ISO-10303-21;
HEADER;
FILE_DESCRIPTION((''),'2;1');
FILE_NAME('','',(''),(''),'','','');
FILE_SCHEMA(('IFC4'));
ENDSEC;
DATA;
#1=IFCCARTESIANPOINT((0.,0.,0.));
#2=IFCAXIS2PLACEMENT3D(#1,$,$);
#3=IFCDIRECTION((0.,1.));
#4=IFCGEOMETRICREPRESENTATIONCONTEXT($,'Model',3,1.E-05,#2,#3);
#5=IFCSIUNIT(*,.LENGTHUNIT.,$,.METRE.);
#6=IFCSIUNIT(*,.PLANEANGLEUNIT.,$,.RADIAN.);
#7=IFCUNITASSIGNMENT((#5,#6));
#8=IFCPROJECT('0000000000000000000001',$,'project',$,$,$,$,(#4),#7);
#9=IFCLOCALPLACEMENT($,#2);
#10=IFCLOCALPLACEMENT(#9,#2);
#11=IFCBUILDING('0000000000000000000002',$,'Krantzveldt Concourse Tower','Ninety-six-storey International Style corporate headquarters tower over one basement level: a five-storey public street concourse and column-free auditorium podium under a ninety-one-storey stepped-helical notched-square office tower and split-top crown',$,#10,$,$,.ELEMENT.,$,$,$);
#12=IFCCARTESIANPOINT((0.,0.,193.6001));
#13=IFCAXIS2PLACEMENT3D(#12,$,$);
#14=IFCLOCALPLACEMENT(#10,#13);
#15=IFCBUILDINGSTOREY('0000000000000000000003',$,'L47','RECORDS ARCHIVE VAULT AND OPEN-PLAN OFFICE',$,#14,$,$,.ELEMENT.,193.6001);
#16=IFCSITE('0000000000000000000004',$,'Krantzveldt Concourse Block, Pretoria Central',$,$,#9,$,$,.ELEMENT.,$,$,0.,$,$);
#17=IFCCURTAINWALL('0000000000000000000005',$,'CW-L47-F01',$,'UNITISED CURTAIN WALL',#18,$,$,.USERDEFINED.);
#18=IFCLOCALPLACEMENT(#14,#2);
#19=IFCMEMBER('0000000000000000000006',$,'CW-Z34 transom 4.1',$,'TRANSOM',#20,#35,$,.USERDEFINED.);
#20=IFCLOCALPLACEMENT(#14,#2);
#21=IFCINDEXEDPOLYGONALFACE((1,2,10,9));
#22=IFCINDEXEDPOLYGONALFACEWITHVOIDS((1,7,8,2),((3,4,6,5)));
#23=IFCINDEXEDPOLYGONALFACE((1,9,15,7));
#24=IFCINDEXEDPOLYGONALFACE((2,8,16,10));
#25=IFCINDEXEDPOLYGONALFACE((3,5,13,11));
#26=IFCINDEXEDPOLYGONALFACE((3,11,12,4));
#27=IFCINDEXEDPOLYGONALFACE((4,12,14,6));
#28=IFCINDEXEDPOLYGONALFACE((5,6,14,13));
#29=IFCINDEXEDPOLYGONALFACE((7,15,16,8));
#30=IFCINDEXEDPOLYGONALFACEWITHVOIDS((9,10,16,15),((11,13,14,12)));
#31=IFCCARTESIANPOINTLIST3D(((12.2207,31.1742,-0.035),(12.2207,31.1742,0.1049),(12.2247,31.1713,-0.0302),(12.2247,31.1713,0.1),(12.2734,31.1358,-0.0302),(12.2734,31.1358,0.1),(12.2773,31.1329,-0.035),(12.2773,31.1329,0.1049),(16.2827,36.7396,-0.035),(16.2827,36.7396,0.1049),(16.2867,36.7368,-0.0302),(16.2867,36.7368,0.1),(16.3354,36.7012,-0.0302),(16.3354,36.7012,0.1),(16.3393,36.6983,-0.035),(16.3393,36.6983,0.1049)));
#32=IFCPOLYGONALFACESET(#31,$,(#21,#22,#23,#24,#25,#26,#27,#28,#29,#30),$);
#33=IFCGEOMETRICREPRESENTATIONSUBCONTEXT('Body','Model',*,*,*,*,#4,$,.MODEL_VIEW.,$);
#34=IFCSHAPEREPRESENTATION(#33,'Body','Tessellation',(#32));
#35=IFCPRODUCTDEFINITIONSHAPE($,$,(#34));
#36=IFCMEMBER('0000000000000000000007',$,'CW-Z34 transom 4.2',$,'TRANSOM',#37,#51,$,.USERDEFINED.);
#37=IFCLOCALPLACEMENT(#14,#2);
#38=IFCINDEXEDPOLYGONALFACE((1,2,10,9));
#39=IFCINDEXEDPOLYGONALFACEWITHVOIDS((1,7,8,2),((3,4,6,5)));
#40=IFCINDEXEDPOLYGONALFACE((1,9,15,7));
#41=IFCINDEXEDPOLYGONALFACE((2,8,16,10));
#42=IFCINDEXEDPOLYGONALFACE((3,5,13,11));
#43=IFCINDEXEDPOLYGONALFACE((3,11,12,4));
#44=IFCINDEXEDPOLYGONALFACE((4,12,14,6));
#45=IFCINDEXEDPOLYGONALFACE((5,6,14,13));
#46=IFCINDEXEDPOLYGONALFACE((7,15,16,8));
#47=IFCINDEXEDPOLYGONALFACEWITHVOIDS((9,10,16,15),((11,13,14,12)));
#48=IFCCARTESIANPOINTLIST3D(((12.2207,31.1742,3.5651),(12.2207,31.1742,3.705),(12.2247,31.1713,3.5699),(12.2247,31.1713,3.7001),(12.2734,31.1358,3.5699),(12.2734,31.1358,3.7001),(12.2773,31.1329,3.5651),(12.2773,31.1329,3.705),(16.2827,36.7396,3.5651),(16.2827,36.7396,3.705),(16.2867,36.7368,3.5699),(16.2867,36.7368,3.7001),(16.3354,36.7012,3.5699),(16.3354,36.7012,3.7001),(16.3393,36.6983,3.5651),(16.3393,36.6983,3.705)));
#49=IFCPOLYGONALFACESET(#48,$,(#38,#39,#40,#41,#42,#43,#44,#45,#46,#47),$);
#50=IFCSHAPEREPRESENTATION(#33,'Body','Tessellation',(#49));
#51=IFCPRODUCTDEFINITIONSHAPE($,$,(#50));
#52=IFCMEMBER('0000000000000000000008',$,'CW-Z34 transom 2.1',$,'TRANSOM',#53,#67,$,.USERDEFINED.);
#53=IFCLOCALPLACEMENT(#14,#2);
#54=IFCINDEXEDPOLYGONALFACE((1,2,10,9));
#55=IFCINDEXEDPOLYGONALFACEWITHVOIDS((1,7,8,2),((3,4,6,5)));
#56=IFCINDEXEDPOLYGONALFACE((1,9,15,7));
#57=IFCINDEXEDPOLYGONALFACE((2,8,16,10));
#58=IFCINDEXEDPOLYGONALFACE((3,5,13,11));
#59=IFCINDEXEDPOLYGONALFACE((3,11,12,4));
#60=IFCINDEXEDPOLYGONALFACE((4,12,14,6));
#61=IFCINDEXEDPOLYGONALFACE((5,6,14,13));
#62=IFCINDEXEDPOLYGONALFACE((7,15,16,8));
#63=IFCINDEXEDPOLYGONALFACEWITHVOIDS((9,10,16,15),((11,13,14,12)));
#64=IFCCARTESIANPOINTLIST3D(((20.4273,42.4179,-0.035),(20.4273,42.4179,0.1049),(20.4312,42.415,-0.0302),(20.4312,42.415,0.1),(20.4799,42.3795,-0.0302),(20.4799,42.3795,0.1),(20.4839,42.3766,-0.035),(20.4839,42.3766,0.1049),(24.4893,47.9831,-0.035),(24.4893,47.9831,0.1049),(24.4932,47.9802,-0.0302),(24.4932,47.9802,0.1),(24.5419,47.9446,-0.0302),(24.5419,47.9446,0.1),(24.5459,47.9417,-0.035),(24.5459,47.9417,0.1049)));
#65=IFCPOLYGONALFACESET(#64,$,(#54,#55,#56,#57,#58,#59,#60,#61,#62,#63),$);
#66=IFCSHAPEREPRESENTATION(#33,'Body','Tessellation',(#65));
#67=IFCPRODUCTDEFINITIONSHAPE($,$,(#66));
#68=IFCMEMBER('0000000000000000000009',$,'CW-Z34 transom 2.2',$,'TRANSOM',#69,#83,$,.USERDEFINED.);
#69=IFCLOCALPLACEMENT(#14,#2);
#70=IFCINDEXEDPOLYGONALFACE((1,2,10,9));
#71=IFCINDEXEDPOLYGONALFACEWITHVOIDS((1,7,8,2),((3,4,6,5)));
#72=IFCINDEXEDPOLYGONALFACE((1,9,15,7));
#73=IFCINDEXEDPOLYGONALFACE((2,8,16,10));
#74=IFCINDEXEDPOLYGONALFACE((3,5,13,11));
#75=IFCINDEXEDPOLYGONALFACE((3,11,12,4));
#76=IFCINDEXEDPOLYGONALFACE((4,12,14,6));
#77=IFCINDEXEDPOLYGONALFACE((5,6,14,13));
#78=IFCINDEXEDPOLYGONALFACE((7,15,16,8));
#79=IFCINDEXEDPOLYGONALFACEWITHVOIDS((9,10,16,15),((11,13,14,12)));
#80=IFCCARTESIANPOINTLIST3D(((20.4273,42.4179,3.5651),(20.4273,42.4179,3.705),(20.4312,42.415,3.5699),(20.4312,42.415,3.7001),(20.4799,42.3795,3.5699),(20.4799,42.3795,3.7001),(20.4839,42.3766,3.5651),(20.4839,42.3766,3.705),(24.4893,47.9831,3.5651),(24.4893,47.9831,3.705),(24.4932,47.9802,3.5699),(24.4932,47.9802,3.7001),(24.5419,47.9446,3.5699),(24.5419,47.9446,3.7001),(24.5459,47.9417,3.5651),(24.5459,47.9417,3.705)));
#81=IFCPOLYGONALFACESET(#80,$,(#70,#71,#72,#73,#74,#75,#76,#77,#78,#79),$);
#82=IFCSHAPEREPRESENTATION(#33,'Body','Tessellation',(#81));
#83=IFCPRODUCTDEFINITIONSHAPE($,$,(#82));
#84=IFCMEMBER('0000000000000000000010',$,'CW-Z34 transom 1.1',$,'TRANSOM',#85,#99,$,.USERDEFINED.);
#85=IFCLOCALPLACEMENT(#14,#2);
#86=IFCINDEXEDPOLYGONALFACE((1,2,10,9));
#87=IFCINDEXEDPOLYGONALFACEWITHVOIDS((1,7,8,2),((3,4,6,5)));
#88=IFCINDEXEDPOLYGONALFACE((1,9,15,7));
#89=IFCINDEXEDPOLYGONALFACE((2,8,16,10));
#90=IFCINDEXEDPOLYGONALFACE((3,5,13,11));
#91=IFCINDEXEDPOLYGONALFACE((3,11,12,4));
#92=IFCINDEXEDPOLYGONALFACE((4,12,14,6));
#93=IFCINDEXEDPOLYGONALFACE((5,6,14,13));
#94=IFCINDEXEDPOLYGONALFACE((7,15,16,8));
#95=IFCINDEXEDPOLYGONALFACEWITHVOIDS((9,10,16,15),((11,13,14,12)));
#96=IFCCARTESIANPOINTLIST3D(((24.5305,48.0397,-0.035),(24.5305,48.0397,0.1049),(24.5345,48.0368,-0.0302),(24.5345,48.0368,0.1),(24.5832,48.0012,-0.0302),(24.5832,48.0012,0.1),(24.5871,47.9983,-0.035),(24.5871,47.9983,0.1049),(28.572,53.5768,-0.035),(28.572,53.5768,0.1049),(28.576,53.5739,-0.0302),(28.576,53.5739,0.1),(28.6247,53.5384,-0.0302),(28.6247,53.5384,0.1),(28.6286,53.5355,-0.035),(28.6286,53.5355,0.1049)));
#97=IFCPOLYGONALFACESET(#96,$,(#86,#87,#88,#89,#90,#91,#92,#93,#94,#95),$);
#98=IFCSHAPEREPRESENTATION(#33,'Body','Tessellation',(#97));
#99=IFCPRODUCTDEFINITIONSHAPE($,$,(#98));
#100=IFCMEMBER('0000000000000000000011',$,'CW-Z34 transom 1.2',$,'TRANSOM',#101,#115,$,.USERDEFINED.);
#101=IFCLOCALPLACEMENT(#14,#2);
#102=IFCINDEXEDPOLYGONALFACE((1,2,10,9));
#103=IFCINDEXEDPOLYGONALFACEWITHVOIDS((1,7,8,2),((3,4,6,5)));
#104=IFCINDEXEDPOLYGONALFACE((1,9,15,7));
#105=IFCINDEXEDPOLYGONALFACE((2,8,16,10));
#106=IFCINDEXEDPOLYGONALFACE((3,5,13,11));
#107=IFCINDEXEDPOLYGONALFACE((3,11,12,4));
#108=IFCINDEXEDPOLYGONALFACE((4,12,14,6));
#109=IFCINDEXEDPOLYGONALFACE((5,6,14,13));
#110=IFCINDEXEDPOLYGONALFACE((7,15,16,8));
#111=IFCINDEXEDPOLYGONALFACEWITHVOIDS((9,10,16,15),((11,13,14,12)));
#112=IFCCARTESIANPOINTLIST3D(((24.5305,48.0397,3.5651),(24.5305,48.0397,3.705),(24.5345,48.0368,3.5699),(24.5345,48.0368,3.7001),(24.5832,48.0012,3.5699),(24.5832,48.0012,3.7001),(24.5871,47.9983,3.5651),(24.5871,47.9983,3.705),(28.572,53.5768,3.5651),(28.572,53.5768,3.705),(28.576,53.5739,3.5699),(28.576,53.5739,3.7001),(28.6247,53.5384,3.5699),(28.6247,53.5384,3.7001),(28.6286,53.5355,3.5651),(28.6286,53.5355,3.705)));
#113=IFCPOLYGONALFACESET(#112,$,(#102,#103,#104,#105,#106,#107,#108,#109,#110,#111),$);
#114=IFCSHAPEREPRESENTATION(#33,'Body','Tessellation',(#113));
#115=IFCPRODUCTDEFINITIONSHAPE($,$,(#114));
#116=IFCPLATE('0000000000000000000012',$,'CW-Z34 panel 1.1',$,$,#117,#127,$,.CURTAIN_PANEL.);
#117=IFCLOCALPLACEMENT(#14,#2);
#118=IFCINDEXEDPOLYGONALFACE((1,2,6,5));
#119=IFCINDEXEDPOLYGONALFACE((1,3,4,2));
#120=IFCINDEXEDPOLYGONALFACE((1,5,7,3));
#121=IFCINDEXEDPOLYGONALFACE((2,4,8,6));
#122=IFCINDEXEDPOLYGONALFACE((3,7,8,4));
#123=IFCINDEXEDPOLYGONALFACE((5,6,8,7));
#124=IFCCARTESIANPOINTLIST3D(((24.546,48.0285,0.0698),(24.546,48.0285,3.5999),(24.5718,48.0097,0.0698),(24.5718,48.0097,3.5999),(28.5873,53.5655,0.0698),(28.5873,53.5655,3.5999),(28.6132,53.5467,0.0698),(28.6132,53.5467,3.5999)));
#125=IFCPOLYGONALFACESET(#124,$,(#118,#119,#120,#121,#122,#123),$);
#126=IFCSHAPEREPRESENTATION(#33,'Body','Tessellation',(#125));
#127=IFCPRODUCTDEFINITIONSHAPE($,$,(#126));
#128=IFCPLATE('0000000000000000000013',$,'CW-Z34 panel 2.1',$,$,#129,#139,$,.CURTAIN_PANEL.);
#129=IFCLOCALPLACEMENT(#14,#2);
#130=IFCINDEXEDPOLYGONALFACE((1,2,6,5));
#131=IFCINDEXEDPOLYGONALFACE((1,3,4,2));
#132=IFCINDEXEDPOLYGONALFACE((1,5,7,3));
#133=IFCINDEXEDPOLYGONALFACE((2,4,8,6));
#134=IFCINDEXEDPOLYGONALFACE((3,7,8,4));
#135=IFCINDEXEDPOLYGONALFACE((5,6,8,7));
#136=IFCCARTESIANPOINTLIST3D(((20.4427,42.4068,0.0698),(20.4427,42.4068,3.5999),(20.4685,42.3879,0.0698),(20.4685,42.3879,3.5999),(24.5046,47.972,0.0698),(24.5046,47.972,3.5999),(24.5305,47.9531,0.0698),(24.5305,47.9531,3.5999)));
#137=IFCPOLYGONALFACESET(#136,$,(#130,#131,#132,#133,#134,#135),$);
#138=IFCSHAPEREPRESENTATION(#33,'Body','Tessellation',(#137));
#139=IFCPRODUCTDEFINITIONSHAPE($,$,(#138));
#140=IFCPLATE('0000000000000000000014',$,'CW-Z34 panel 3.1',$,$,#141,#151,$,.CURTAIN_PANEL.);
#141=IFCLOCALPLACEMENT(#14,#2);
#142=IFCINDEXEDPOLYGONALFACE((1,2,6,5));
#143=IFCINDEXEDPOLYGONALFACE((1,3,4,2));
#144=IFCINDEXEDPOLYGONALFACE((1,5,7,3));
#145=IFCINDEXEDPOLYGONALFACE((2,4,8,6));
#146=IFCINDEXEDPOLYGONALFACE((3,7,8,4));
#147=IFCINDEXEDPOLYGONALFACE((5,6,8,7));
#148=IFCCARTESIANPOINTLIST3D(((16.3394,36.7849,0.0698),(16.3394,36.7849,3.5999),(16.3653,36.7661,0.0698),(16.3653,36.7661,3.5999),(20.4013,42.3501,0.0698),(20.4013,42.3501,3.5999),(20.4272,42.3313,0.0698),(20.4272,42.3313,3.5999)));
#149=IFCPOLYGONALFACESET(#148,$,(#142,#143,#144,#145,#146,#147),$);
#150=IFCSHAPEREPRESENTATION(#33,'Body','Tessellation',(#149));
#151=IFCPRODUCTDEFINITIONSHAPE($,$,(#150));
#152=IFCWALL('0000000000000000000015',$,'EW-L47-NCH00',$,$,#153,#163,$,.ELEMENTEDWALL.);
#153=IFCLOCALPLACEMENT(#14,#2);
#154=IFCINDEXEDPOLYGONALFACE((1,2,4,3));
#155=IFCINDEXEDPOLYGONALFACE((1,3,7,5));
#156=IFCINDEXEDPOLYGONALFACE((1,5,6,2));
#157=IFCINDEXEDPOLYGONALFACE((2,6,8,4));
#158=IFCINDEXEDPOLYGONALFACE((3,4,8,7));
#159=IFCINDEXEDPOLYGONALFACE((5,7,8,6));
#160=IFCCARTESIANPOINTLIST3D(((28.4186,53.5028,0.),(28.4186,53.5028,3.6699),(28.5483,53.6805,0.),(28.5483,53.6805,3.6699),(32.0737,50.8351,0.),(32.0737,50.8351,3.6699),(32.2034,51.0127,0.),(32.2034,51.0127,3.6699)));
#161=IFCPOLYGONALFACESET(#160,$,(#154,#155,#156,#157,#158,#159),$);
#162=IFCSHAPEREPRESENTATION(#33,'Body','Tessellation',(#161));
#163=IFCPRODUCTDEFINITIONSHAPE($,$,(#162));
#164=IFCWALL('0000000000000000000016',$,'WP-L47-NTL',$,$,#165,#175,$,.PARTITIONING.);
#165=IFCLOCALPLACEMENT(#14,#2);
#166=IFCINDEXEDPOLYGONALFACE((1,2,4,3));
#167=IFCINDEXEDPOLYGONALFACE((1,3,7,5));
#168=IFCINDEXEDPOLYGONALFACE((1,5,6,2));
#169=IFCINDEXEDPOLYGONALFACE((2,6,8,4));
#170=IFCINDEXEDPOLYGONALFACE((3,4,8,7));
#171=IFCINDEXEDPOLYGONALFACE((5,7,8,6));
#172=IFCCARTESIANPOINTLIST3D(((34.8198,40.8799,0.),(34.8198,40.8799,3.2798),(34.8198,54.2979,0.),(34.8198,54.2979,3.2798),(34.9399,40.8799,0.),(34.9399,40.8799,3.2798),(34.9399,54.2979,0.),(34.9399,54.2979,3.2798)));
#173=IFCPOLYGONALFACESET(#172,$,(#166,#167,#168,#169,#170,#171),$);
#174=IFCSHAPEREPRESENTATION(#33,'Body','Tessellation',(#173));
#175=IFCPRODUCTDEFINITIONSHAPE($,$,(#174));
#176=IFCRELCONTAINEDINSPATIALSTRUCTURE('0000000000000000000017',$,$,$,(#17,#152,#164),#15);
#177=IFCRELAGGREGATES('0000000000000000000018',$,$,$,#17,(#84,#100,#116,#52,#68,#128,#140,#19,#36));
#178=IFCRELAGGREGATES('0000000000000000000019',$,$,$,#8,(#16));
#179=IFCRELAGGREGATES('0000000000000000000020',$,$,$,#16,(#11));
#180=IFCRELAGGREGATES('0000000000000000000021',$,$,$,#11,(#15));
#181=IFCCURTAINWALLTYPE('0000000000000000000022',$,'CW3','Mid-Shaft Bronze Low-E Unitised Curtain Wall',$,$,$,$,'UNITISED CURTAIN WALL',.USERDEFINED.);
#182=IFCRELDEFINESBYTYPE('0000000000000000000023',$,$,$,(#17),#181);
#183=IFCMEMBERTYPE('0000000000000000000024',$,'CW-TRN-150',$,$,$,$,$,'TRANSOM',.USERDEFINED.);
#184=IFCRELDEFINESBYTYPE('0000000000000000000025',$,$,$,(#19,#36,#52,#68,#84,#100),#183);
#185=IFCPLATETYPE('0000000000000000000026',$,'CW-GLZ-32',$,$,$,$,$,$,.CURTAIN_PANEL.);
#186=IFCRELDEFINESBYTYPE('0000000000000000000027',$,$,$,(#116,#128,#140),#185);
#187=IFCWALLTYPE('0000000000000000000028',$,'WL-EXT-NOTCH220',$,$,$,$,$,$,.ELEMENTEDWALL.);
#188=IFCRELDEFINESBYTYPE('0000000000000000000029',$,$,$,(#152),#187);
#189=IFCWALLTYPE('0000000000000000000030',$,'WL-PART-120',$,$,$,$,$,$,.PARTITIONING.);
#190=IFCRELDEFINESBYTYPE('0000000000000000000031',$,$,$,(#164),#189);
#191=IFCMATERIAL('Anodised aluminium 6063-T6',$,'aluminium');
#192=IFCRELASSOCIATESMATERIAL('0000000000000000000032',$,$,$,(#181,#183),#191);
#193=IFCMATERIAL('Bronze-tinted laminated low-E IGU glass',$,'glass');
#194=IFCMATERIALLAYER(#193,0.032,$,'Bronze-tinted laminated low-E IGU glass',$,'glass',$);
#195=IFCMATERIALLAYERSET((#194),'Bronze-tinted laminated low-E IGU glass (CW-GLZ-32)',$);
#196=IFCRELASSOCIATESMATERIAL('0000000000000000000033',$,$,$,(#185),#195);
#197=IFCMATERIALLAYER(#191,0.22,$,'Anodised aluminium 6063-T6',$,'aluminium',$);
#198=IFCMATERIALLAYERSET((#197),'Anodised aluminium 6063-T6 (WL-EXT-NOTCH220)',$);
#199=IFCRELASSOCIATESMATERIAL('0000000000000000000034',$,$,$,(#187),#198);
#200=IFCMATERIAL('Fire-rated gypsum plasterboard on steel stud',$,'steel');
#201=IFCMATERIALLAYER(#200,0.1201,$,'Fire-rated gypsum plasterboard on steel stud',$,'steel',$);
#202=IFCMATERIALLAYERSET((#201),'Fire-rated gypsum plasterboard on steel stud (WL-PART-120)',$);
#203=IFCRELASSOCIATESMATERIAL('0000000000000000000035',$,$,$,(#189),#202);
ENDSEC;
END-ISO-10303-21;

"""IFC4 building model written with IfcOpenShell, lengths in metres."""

from ifc_helpers import new_model, si_unit, direction, frame, frame_2d, origin, origin_2d, place, context, subcontext, project, spatial, rectangle, hollow_rectangle, extrude, source, transform, mapped, material, layer, layer_set, material_profile, profile_set, type_object, type_shapes, element, aggregate, save


model = new_model("IFC4")

# Units and contexts
model_context = context("Model", 3, precision=1e-05, world=origin(), true_north=direction((0.0, 1.0)))
body_context = subcontext(model_context, "Body", "Model", "MODEL_VIEW")
ifc_project = project(units=[si_unit("LENGTHUNIT", "METRE"), si_unit("PLANEANGLEUNIT", "RADIAN")], contexts=[model_context])

# Site, building, storey
site_placement = place(None, origin())
site = spatial("IfcSite", under=ifc_project, at=site_placement, Name="Krantzveldt Concourse Block, Pretoria Central", CompositionType="ELEMENT", RefElevation=0.0)
building_placement = place(site_placement, origin())
building = spatial("IfcBuilding", under=site, at=building_placement, Name="Krantzveldt Concourse Tower", Description="Ninety-six-storey International Style corporate headquarters tower over one basement level: a five-storey public street concourse and column-free auditorium podium under a ninety-one-storey stepped-helical notched-square office tower and split-top crown", CompositionType="ELEMENT")
storey_placement = place(building_placement, frame((0.0, 0.0, 193.6001)))
storey = spatial("IfcBuildingStorey", under=building, at=storey_placement, Name="L47", Description="RECORDS ARCHIVE VAULT AND OPEN-PLAN OFFICE", CompositionType="ELEMENT", Elevation=193.6001)

# Curtain wall
ifc_material_1 = material(Name="Anodised aluminium 6063-T6", Category="aluminium")
curtain_wall_type = type_object("IfcCurtainWallType", Name="CW3", Description="Mid-Shaft Bronze Low-E Unitised Curtain Wall", ElementType="UNITISED CURTAIN WALL", PredefinedType="USERDEFINED", material=ifc_material_1)
curtain_wall_1_placement = place(storey_placement, origin())
curtain_wall_1 = element("IfcCurtainWall", 1, at=curtain_wall_1_placement, inside=storey, type_object=curtain_wall_type, Name="CW-L47-F01", ObjectType="UNITISED CURTAIN WALL", PredefinedType="USERDEFINED")

# Members
ifc_material_profile_1 = material_profile(ifc_material_1, hollow_rectangle(XDim=0.0701, YDim=0.1399, WallThickness=0.0049, at=origin_2d()), Name="Anodised aluminium 6063-T6", Category="aluminium")
ifc_profile_set_1 = profile_set([ifc_material_profile_1], Name="Anodised aluminium 6063-T6 - ALU-TRAN 140x70x5")
member_type_1 = type_object("IfcMemberType", Name="CW-TRN-150", ElementType="TRANSOM", PredefinedType="USERDEFINED", material=ifc_profile_set_1)
shared_shape_1 = source(origin(), body_context, "Body", "SweptSolid", [
    extrude(hollow_rectangle(XDim=0.0701, YDim=0.1399, WallThickness=0.0049, at=origin_2d()), origin(), (0.0, 0.0, 1.0), 6.8901),
])
member_1_placement = place(storey_placement, frame((16.311, 36.719, 0.0349), z_axis=(-0.58954, -0.807739, 0.0), x_axis=(0.807739, -0.58954, 0.0)))
member_1 = element("IfcMember", 2, at=member_1_placement, type_object=member_type_1, Name="CW-Z34 transom 4.1", ObjectType="TRANSOM", PredefinedType="USERDEFINED", context=body_context, shape_type="MappedRepresentation", body=[
    mapped(shared_shape_1, transform((0.0, 0.0, 0.0), x_axis=(1.0, 0.0, 0.0), y_axis=(0.0, 1.0, 0.0), z_axis=(0.0, 0.0, 1.0), scale=1.0)),
])
member_2_placement = place(storey_placement, frame((16.311, 36.719, 3.635), z_axis=(-0.58954, -0.807739, 0.0), x_axis=(0.807739, -0.58954, 0.0)))
member_2 = element("IfcMember", 3, at=member_2_placement, type_object=member_type_1, Name="CW-Z34 transom 4.2", ObjectType="TRANSOM", PredefinedType="USERDEFINED", context=body_context, shape_type="MappedRepresentation", body=[
    mapped(shared_shape_1, transform((0.0, 0.0, 0.0), x_axis=(1.0, 0.0, 0.0), y_axis=(0.0, 1.0, 0.0), z_axis=(0.0, 0.0, 1.0), scale=1.0)),
])
shared_shape_2 = source(origin(), body_context, "Body", "SweptSolid", [
    extrude(hollow_rectangle(XDim=0.0701, YDim=0.1399, WallThickness=0.0049, at=origin_2d()), origin(), (0.0, 0.0, 1.0), 6.8899),
])
member_3_placement = place(storey_placement, frame((24.5176, 47.9624, 0.0349), z_axis=(-0.589557, -0.807727, 0.0), x_axis=(0.807727, -0.589557, 0.0)))
member_3 = element("IfcMember", 4, at=member_3_placement, type_object=member_type_1, Name="CW-Z34 transom 2.1", ObjectType="TRANSOM", PredefinedType="USERDEFINED", context=body_context, shape_type="MappedRepresentation", body=[
    mapped(shared_shape_2, transform((0.0, 0.0, 0.0), x_axis=(1.0, 0.0, 0.0), y_axis=(0.0, 1.0, 0.0), z_axis=(0.0, 0.0, 1.0), scale=1.0)),
])
member_4_placement = place(storey_placement, frame((24.5176, 47.9624, 3.635), z_axis=(-0.589557, -0.807727, 0.0), x_axis=(0.807727, -0.589557, 0.0)))
member_4 = element("IfcMember", 5, at=member_4_placement, type_object=member_type_1, Name="CW-Z34 transom 2.2", ObjectType="TRANSOM", PredefinedType="USERDEFINED", context=body_context, shape_type="MappedRepresentation", body=[
    mapped(shared_shape_2, transform((0.0, 0.0, 0.0), x_axis=(1.0, 0.0, 0.0), y_axis=(0.0, 1.0, 0.0), z_axis=(0.0, 0.0, 1.0), scale=1.0)),
])
shared_shape_3 = source(origin(), body_context, "Body", "SweptSolid", [
    extrude(hollow_rectangle(XDim=0.0701, YDim=0.1399, WallThickness=0.0049, at=origin_2d()), origin(), (0.0, 0.0, 1.0), 6.8552),
])
type_shapes(member_type_1, [shared_shape_1, shared_shape_2, shared_shape_3])
member_5_placement = place(storey_placement, frame((28.6003, 53.5562, 0.0349), z_axis=(-0.589556, -0.807728, 0.0), x_axis=(0.807728, -0.589556, 0.0)))
member_5 = element("IfcMember", 6, at=member_5_placement, type_object=member_type_1, Name="CW-Z34 transom 1.1", ObjectType="TRANSOM", PredefinedType="USERDEFINED", context=body_context, shape_type="MappedRepresentation", body=[
    mapped(shared_shape_3, transform((0.0, 0.0, 0.0), x_axis=(1.0, 0.0, 0.0), y_axis=(0.0, 1.0, 0.0), z_axis=(0.0, 0.0, 1.0), scale=1.0)),
])
member_6_placement = place(storey_placement, frame((28.6003, 53.5562, 3.635), z_axis=(-0.589556, -0.807728, 0.0), x_axis=(0.807728, -0.589556, 0.0)))
member_6 = element("IfcMember", 7, at=member_6_placement, type_object=member_type_1, Name="CW-Z34 transom 1.2", ObjectType="TRANSOM", PredefinedType="USERDEFINED", context=body_context, shape_type="MappedRepresentation", body=[
    mapped(shared_shape_3, transform((0.0, 0.0, 0.0), x_axis=(1.0, 0.0, 0.0), y_axis=(0.0, 1.0, 0.0), z_axis=(0.0, 0.0, 1.0), scale=1.0)),
])

# Plates
ifc_material_2 = material(Name="Bronze-tinted laminated low-E IGU glass", Category="glass")
ifc_layer_1 = layer(ifc_material_2, 0.032, Name="Bronze-tinted laminated low-E IGU glass", Category="glass")
ifc_layer_set_1 = layer_set([ifc_layer_1], Name="Bronze-tinted laminated low-E IGU glass (CW-GLZ-32)")
plate_type = type_object("IfcPlateType", Name="CW-GLZ-32", PredefinedType="CURTAIN_PANEL", material=ifc_layer_set_1)
shared_shape_4 = source(origin(), body_context, "Body", "SweptSolid", [
    extrude(rectangle(XDim=6.855, YDim=0.032, at=origin_2d()), origin(), (0.0, 0.0, 1.0), 3.53),
])
plate_1_placement = place(storey_placement, frame((26.5796, 50.7876, 0.0698), z_axis=(0.0, 0.0, 1.0), x_axis=(-0.589549, -0.807733, 0.0)))
plate_1 = element("IfcPlate", 8, at=plate_1_placement, type_object=plate_type, Name="CW-Z34 panel 1.1", PredefinedType="CURTAIN_PANEL", context=body_context, shape_type="MappedRepresentation", body=[
    mapped(shared_shape_4, transform((0.0, 0.0, 0.0), x_axis=(1.0, 0.0, 0.0), y_axis=(0.0, 1.0, 0.0), z_axis=(0.0, 0.0, 1.0), scale=1.0)),
])
shared_shape_5 = source(origin(), body_context, "Body", "SweptSolid", [
    extrude(rectangle(XDim=6.8899, YDim=0.032, at=origin_2d()), origin(), (0.0, 0.0, 1.0), 3.53),
])
type_shapes(plate_type, [shared_shape_4, shared_shape_5])
plate_2_placement = place(storey_placement, frame((22.4866, 45.1799, 0.0698), z_axis=(0.0, 0.0, 1.0), x_axis=(-0.589549, -0.807733, 0.0)))
plate_2 = element("IfcPlate", 9, at=plate_2_placement, type_object=plate_type, Name="CW-Z34 panel 2.1", PredefinedType="CURTAIN_PANEL", context=body_context, shape_type="MappedRepresentation", body=[
    mapped(shared_shape_5, transform((0.0, 0.0, 0.0), x_axis=(1.0, 0.0, 0.0), y_axis=(0.0, 1.0, 0.0), z_axis=(0.0, 0.0, 1.0), scale=1.0)),
])
plate_3_placement = place(storey_placement, frame((18.3833, 39.5581, 0.0698), z_axis=(0.0, 0.0, 1.0), x_axis=(-0.589549, -0.807733, 0.0)))
plate_3 = element("IfcPlate", 10, at=plate_3_placement, type_object=plate_type, Name="CW-Z34 panel 3.1", PredefinedType="CURTAIN_PANEL", context=body_context, shape_type="MappedRepresentation", body=[
    mapped(shared_shape_5, transform((0.0, 0.0, 0.0), x_axis=(1.0, 0.0, 0.0), y_axis=(0.0, 1.0, 0.0), z_axis=(0.0, 0.0, 1.0), scale=1.0)),
])
aggregate(curtain_wall_1, [member_5, member_6, plate_1, member_3, member_4, plate_2, plate_3, member_1, member_2])

# Walls
ifc_layer_2 = layer(ifc_material_1, 0.22, Name="Anodised aluminium 6063-T6", Category="aluminium")
ifc_layer_set_2 = layer_set([ifc_layer_2], Name="Anodised aluminium 6063-T6 (WL-EXT-NOTCH220)")
wall_type_1 = type_object("IfcWallType", Name="WL-EXT-NOTCH220", PredefinedType="ELEMENTEDWALL", material=ifc_layer_set_2)
wall_1_placement = place(storey_placement, frame((32.1387, 50.9238, 0.0), z_axis=(0.0, 0.0, 1.0), x_axis=(-0.807734, 0.589547, 0.0)))
element("IfcWall", 11, at=wall_1_placement, inside=storey, type_object=wall_type_1, Name="EW-L47-NCH00", PredefinedType="ELEMENTEDWALL", context=body_context, shape_type="SweptSolid", body=[
    extrude(rectangle(XDim=4.5251, YDim=0.22, at=frame_2d((2.2627, 0.0))), origin(), (0.0, 0.0, 1.0), 3.6699),
])
ifc_material_3 = material(Name="Fire-rated gypsum plasterboard on steel stud", Category="steel")
ifc_layer_3 = layer(ifc_material_3, 0.1201, Name="Fire-rated gypsum plasterboard on steel stud", Category="steel")
ifc_layer_set_3 = layer_set([ifc_layer_3], Name="Fire-rated gypsum plasterboard on steel stud (WL-PART-120)")
wall_type_2 = type_object("IfcWallType", Name="WL-PART-120", PredefinedType="PARTITIONING", material=ifc_layer_set_3)
wall_2_placement = place(storey_placement, frame((34.8799, 40.8799, 0.0), z_axis=(0.0, 0.0, 1.0), x_axis=(0.0, 1.0, 0.0)))
element("IfcWall", 12, at=wall_2_placement, inside=storey, type_object=wall_type_2, Name="WP-L47-NTL", PredefinedType="PARTITIONING", context=body_context, shape_type="SweptSolid", body=[
    extrude(rectangle(XDim=13.418, YDim=0.1201, at=frame_2d((6.709, 0.0))), origin(), (0.0, 0.0, 1.0), 3.2798),
])

save(model, "model.ifc")
